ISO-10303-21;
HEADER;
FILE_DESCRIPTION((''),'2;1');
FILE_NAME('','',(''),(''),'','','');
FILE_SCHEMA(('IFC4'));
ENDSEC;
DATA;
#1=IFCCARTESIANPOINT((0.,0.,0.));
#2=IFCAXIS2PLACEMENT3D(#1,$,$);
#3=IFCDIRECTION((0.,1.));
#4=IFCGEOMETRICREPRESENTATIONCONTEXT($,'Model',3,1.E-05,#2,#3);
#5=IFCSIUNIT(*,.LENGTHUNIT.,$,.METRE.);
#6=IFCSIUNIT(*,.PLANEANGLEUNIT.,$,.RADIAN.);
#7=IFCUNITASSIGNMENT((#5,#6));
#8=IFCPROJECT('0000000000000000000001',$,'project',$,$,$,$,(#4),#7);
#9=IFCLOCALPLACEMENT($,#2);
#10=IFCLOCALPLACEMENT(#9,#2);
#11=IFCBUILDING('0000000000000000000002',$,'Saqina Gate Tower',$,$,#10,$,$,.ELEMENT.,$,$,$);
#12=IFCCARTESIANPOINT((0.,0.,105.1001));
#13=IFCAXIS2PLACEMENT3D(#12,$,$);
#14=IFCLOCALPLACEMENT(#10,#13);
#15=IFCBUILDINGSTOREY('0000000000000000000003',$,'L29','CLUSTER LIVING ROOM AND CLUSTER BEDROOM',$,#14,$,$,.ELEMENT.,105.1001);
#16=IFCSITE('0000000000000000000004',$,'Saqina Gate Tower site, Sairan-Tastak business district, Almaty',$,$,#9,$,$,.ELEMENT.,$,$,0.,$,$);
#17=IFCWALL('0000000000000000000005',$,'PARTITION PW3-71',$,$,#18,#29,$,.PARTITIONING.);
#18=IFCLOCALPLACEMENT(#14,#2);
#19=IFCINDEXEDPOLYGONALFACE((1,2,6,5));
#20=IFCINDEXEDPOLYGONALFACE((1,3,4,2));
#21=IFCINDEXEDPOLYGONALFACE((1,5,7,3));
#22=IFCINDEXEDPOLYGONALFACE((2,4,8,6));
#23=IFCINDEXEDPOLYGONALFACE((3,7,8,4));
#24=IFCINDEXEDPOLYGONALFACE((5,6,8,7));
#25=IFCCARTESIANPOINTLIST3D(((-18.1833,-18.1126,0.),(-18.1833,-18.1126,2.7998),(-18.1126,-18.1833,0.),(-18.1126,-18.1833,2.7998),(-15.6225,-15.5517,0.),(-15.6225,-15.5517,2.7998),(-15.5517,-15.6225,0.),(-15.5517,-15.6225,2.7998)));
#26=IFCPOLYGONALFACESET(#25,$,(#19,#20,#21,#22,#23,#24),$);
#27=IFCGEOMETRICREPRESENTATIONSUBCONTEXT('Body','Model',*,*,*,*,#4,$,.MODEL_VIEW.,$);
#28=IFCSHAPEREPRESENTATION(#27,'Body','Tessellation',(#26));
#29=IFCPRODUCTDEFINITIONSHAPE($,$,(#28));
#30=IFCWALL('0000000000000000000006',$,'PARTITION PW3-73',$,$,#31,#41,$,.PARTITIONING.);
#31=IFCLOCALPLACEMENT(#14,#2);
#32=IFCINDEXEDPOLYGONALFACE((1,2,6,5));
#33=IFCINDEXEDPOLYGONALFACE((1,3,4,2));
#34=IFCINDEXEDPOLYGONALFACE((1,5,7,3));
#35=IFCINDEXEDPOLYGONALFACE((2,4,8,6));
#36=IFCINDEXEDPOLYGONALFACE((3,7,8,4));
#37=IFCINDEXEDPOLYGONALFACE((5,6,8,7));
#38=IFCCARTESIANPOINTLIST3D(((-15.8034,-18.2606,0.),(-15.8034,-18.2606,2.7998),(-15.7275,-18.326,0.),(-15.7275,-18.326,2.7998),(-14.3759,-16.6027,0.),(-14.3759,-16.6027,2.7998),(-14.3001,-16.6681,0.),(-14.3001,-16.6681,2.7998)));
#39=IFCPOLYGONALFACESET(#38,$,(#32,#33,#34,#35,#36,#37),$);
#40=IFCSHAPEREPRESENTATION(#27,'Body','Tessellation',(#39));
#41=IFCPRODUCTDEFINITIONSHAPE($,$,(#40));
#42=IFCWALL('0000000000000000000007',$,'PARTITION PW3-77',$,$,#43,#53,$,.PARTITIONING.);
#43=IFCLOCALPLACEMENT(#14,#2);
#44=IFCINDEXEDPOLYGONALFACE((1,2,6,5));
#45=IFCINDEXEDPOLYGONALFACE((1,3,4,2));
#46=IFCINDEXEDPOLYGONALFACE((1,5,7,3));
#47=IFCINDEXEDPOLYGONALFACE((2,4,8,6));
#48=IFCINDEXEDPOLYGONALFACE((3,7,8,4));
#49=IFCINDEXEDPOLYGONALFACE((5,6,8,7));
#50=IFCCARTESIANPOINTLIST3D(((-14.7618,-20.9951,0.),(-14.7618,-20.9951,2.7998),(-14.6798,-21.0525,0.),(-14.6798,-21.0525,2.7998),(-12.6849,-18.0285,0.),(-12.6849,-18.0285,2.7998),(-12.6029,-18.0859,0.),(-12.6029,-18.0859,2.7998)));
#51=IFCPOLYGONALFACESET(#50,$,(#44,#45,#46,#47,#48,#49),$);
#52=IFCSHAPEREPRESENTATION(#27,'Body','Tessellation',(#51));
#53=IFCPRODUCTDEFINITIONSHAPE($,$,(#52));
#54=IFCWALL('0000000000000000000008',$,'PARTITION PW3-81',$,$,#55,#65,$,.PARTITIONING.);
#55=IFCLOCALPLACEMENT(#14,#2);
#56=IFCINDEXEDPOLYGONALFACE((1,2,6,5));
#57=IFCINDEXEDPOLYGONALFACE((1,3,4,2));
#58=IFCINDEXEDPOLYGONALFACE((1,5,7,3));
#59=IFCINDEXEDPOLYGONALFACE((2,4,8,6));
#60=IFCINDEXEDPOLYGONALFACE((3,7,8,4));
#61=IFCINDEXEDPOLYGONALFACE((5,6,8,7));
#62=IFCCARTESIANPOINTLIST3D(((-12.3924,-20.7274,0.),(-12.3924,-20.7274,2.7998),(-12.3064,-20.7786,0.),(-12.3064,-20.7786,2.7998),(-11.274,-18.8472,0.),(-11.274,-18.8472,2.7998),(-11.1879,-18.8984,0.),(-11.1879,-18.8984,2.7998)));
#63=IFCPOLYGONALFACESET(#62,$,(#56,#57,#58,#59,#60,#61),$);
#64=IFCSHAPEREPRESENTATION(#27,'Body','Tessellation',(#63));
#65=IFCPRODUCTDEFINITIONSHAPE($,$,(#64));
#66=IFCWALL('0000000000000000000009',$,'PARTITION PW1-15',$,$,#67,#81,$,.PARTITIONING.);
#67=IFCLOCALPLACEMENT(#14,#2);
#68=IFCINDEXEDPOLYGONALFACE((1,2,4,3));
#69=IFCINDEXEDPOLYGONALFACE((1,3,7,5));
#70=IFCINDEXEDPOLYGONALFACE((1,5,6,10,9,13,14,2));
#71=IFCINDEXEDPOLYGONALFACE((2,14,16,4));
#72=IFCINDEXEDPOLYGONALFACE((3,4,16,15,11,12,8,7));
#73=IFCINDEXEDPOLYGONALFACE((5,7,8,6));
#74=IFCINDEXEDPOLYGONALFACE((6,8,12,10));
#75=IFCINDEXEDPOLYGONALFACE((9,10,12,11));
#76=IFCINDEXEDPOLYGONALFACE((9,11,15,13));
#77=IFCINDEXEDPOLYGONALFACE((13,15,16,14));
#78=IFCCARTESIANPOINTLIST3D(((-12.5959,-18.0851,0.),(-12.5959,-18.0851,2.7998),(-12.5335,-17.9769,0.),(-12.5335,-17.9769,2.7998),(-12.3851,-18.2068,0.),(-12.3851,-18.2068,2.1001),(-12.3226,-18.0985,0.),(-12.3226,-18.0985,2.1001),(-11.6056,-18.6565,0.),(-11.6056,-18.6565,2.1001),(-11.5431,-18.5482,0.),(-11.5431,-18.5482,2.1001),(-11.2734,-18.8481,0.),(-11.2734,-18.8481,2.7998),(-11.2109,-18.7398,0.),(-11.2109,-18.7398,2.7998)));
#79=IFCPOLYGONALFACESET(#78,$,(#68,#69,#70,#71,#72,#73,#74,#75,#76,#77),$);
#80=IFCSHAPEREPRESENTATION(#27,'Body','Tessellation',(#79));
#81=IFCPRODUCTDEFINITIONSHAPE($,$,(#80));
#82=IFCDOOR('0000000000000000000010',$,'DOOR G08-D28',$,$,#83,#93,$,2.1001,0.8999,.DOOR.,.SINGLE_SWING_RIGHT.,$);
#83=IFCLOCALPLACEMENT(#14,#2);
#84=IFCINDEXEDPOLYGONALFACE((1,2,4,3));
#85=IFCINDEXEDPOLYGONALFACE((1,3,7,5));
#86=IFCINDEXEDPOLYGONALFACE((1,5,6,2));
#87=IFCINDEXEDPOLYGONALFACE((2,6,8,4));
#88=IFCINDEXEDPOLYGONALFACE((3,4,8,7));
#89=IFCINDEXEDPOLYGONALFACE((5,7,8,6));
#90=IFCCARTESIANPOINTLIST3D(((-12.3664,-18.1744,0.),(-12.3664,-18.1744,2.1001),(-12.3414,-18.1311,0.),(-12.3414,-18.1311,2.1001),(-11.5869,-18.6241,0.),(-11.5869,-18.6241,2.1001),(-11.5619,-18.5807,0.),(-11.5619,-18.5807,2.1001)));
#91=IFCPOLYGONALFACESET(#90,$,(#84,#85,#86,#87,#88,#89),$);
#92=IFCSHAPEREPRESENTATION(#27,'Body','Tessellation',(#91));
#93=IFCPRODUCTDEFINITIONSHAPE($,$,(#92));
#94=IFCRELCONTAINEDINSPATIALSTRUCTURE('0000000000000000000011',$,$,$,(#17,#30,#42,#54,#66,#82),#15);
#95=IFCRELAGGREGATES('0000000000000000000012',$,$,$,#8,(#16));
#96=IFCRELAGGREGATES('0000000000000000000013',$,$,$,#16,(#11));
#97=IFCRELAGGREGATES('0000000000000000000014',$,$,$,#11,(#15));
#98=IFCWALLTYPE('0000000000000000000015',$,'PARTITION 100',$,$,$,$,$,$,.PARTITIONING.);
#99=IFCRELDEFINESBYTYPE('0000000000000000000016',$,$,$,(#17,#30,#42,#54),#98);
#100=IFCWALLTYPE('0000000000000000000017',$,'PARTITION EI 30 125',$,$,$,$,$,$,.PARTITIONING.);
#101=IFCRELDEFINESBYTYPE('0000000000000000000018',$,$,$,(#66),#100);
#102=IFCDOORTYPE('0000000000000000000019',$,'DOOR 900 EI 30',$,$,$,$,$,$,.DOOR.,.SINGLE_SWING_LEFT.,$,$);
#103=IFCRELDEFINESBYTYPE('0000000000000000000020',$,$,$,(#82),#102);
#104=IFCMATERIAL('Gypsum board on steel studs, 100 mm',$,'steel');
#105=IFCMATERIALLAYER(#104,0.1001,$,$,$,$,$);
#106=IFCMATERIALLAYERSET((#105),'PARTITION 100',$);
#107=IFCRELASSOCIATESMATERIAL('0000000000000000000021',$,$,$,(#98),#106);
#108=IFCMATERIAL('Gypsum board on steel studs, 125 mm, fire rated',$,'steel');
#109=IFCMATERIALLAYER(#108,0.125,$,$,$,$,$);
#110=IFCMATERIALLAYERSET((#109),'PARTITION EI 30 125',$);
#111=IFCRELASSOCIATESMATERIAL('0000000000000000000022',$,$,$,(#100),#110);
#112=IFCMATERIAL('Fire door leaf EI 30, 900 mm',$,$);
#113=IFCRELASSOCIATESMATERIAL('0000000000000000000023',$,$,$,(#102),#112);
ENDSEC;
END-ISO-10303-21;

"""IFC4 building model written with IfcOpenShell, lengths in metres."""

from ifc_helpers import new_model, si_unit, direction, frame, frame_2d, origin, place, context, subcontext, project, spatial, rectangle, extrude, material, layer, layer_set, type_object, element, fill, save


model = new_model("IFC4")

# Units and contexts
model_context = context("Model", 3, precision=1e-05, world=origin(), true_north=direction((0.0, 1.0)))
body_context = subcontext(model_context, "Body", "Model", "MODEL_VIEW")
ifc_project = project(units=[si_unit("LENGTHUNIT", "METRE"), si_unit("PLANEANGLEUNIT", "RADIAN")], contexts=[model_context])

# Site, building, storey
site_placement = place(None, origin())
site = spatial("IfcSite", under=ifc_project, at=site_placement, Name="Saqina Gate Tower site, Sairan-Tastak business district, Almaty", CompositionType="ELEMENT", RefElevation=0.0)
building_placement = place(site_placement, origin())
building = spatial("IfcBuilding", under=site, at=building_placement, Name="Saqina Gate Tower", CompositionType="ELEMENT")
storey_placement = place(building_placement, frame((0.0, 0.0, 105.1001)))
storey = spatial("IfcBuildingStorey", under=building, at=storey_placement, Name="L29", Description="CLUSTER LIVING ROOM AND CLUSTER BEDROOM", CompositionType="ELEMENT", Elevation=105.1001)

# Shared definitions
ifc_material_1 = material(Name="Gypsum board on steel studs, 100 mm", Category="steel")
ifc_layer_1 = layer(ifc_material_1, 0.1001)
ifc_layer_set_1 = layer_set([ifc_layer_1], Name="PARTITION 100")
wall_type_1 = type_object("IfcWallType", Name="PARTITION 100", PredefinedType="PARTITIONING", material=ifc_layer_set_1)

# Walls
wall_1_placement = place(storey_placement, frame((-18.1479, -18.1479, 0.0), z_axis=(0.0, 0.0, 1.0), x_axis=(0.707107, 0.707107, 0.0)))
element("IfcWall", 1, at=wall_1_placement, inside=storey, type_object=wall_type_1, Name="PARTITION PW3-71", PredefinedType="PARTITIONING", context=body_context, shape_type="SweptSolid", body=[
    extrude(rectangle(XDim=3.6216, YDim=0.1001, at=frame_2d((1.8108, 0.0))), origin(), (0.0, 0.0, 1.0), 2.7998),
])
wall_2_placement = place(storey_placement, frame((-15.7654, -18.2932, 0.0), z_axis=(0.0, 0.0, 1.0), x_axis=(0.652472, 0.757813, 0.0)))
element("IfcWall", 2, at=wall_2_placement, inside=storey, type_object=wall_type_1, Name="PARTITION PW3-73", PredefinedType="PARTITIONING", context=body_context, shape_type="SweptSolid", body=[
    extrude(rectangle(XDim=2.1877, YDim=0.1001, at=frame_2d((1.0938, 0.0))), origin(), (0.0, 0.0, 1.0), 2.7998),
])
wall_3_placement = place(storey_placement, frame((-14.7207, -21.0237, 0.0), z_axis=(0.0, 0.0, 1.0), x_axis=(0.573521, 0.819191, 0.0)))
element("IfcWall", 3, at=wall_3_placement, inside=storey, type_object=wall_type_1, Name="PARTITION PW3-77", PredefinedType="PARTITIONING", context=body_context, shape_type="SweptSolid", body=[
    extrude(rectangle(XDim=3.6213, YDim=0.1001, at=frame_2d((1.8105, 0.0))), origin(), (0.0, 0.0, 1.0), 2.7998),
])
wall_4_placement = place(storey_placement, frame((-12.3494, -20.7529, 0.0), z_axis=(0.0, 0.0, 1.0), x_axis=(0.511243, 0.859436, 0.0)))
element("IfcWall", 4, at=wall_4_placement, inside=storey, type_object=wall_type_1, Name="PARTITION PW3-81", PredefinedType="PARTITIONING", context=body_context, shape_type="SweptSolid", body=[
    extrude(rectangle(XDim=2.1877, YDim=0.1001, at=frame_2d((1.0938, 0.0))), origin(), (0.0, 0.0, 1.0), 2.7998),
])

# Wall, opening, door
ifc_material_2 = material(Name="Gypsum board on steel studs, 125 mm, fire rated", Category="steel")
ifc_layer_2 = layer(ifc_material_2, 0.125)
ifc_layer_set_2 = layer_set([ifc_layer_2], Name="PARTITION EI 30 125")
wall_type_2 = type_object("IfcWallType", Name="PARTITION EI 30 125", PredefinedType="PARTITIONING", material=ifc_layer_set_2)
wall_5_placement = place(storey_placement, frame((-12.5647, -18.031, 0.0), z_axis=(0.0, 0.0, 1.0), x_axis=(0.866199, -0.499699, 0.0)))
wall_5 = element("IfcWall", 5, at=wall_5_placement, inside=storey, type_object=wall_type_2, Name="PARTITION PW1-15", PredefinedType="PARTITIONING", context=body_context, shape_type="SweptSolid", body=[
    extrude(rectangle(XDim=1.5269, YDim=0.125, at=frame_2d((0.7634, 0.0))), origin(), (0.0, 0.0, 1.0), 2.7998),
])
opening_1_placement = place(wall_5_placement, frame((0.2434, 0.0, 0.0)))
opening_1 = element("IfcOpeningElement", 6, at=opening_1_placement, cuts=wall_5, PredefinedType="OPENING", context=body_context, shape_type="SweptSolid", body=[
    extrude(rectangle(XDim=0.8999, YDim=2.1001, at=frame_2d((0.45, 1.05))), frame((0.0, 0.0745, 0.0), z_axis=(0.0, -1.0, 0.0), x_axis=(1.0, 0.0, 0.0)), (0.0, 0.0, 1.0), 0.1489),
])
ifc_material_3 = material(Name="Fire door leaf EI 30, 900 mm")
door_type_1 = type_object("IfcDoorType", Name="DOOR 900 EI 30", OperationType="SINGLE_SWING_LEFT", PredefinedType="DOOR", material=ifc_material_3)
door_1_placement = place(opening_1_placement, origin())
door_1 = element("IfcDoor", 7, at=door_1_placement, inside=storey, type_object=door_type_1, Name="DOOR G08-D28", OperationType="SINGLE_SWING_RIGHT", OverallHeight=2.1001, OverallWidth=0.8999, PredefinedType="DOOR", context=body_context, shape_type="SweptSolid", body=[
    extrude(rectangle(XDim=0.8999, YDim=2.1001, at=frame_2d((0.45, 1.05))), frame((0.0, 0.0249, 0.0), z_axis=(0.0, -1.0, 0.0), x_axis=(1.0, 0.0, 0.0)), (0.0, 0.0, 1.0), 0.05),
])
fill(opening_1, door_1)

save(model, "model.ifc")
